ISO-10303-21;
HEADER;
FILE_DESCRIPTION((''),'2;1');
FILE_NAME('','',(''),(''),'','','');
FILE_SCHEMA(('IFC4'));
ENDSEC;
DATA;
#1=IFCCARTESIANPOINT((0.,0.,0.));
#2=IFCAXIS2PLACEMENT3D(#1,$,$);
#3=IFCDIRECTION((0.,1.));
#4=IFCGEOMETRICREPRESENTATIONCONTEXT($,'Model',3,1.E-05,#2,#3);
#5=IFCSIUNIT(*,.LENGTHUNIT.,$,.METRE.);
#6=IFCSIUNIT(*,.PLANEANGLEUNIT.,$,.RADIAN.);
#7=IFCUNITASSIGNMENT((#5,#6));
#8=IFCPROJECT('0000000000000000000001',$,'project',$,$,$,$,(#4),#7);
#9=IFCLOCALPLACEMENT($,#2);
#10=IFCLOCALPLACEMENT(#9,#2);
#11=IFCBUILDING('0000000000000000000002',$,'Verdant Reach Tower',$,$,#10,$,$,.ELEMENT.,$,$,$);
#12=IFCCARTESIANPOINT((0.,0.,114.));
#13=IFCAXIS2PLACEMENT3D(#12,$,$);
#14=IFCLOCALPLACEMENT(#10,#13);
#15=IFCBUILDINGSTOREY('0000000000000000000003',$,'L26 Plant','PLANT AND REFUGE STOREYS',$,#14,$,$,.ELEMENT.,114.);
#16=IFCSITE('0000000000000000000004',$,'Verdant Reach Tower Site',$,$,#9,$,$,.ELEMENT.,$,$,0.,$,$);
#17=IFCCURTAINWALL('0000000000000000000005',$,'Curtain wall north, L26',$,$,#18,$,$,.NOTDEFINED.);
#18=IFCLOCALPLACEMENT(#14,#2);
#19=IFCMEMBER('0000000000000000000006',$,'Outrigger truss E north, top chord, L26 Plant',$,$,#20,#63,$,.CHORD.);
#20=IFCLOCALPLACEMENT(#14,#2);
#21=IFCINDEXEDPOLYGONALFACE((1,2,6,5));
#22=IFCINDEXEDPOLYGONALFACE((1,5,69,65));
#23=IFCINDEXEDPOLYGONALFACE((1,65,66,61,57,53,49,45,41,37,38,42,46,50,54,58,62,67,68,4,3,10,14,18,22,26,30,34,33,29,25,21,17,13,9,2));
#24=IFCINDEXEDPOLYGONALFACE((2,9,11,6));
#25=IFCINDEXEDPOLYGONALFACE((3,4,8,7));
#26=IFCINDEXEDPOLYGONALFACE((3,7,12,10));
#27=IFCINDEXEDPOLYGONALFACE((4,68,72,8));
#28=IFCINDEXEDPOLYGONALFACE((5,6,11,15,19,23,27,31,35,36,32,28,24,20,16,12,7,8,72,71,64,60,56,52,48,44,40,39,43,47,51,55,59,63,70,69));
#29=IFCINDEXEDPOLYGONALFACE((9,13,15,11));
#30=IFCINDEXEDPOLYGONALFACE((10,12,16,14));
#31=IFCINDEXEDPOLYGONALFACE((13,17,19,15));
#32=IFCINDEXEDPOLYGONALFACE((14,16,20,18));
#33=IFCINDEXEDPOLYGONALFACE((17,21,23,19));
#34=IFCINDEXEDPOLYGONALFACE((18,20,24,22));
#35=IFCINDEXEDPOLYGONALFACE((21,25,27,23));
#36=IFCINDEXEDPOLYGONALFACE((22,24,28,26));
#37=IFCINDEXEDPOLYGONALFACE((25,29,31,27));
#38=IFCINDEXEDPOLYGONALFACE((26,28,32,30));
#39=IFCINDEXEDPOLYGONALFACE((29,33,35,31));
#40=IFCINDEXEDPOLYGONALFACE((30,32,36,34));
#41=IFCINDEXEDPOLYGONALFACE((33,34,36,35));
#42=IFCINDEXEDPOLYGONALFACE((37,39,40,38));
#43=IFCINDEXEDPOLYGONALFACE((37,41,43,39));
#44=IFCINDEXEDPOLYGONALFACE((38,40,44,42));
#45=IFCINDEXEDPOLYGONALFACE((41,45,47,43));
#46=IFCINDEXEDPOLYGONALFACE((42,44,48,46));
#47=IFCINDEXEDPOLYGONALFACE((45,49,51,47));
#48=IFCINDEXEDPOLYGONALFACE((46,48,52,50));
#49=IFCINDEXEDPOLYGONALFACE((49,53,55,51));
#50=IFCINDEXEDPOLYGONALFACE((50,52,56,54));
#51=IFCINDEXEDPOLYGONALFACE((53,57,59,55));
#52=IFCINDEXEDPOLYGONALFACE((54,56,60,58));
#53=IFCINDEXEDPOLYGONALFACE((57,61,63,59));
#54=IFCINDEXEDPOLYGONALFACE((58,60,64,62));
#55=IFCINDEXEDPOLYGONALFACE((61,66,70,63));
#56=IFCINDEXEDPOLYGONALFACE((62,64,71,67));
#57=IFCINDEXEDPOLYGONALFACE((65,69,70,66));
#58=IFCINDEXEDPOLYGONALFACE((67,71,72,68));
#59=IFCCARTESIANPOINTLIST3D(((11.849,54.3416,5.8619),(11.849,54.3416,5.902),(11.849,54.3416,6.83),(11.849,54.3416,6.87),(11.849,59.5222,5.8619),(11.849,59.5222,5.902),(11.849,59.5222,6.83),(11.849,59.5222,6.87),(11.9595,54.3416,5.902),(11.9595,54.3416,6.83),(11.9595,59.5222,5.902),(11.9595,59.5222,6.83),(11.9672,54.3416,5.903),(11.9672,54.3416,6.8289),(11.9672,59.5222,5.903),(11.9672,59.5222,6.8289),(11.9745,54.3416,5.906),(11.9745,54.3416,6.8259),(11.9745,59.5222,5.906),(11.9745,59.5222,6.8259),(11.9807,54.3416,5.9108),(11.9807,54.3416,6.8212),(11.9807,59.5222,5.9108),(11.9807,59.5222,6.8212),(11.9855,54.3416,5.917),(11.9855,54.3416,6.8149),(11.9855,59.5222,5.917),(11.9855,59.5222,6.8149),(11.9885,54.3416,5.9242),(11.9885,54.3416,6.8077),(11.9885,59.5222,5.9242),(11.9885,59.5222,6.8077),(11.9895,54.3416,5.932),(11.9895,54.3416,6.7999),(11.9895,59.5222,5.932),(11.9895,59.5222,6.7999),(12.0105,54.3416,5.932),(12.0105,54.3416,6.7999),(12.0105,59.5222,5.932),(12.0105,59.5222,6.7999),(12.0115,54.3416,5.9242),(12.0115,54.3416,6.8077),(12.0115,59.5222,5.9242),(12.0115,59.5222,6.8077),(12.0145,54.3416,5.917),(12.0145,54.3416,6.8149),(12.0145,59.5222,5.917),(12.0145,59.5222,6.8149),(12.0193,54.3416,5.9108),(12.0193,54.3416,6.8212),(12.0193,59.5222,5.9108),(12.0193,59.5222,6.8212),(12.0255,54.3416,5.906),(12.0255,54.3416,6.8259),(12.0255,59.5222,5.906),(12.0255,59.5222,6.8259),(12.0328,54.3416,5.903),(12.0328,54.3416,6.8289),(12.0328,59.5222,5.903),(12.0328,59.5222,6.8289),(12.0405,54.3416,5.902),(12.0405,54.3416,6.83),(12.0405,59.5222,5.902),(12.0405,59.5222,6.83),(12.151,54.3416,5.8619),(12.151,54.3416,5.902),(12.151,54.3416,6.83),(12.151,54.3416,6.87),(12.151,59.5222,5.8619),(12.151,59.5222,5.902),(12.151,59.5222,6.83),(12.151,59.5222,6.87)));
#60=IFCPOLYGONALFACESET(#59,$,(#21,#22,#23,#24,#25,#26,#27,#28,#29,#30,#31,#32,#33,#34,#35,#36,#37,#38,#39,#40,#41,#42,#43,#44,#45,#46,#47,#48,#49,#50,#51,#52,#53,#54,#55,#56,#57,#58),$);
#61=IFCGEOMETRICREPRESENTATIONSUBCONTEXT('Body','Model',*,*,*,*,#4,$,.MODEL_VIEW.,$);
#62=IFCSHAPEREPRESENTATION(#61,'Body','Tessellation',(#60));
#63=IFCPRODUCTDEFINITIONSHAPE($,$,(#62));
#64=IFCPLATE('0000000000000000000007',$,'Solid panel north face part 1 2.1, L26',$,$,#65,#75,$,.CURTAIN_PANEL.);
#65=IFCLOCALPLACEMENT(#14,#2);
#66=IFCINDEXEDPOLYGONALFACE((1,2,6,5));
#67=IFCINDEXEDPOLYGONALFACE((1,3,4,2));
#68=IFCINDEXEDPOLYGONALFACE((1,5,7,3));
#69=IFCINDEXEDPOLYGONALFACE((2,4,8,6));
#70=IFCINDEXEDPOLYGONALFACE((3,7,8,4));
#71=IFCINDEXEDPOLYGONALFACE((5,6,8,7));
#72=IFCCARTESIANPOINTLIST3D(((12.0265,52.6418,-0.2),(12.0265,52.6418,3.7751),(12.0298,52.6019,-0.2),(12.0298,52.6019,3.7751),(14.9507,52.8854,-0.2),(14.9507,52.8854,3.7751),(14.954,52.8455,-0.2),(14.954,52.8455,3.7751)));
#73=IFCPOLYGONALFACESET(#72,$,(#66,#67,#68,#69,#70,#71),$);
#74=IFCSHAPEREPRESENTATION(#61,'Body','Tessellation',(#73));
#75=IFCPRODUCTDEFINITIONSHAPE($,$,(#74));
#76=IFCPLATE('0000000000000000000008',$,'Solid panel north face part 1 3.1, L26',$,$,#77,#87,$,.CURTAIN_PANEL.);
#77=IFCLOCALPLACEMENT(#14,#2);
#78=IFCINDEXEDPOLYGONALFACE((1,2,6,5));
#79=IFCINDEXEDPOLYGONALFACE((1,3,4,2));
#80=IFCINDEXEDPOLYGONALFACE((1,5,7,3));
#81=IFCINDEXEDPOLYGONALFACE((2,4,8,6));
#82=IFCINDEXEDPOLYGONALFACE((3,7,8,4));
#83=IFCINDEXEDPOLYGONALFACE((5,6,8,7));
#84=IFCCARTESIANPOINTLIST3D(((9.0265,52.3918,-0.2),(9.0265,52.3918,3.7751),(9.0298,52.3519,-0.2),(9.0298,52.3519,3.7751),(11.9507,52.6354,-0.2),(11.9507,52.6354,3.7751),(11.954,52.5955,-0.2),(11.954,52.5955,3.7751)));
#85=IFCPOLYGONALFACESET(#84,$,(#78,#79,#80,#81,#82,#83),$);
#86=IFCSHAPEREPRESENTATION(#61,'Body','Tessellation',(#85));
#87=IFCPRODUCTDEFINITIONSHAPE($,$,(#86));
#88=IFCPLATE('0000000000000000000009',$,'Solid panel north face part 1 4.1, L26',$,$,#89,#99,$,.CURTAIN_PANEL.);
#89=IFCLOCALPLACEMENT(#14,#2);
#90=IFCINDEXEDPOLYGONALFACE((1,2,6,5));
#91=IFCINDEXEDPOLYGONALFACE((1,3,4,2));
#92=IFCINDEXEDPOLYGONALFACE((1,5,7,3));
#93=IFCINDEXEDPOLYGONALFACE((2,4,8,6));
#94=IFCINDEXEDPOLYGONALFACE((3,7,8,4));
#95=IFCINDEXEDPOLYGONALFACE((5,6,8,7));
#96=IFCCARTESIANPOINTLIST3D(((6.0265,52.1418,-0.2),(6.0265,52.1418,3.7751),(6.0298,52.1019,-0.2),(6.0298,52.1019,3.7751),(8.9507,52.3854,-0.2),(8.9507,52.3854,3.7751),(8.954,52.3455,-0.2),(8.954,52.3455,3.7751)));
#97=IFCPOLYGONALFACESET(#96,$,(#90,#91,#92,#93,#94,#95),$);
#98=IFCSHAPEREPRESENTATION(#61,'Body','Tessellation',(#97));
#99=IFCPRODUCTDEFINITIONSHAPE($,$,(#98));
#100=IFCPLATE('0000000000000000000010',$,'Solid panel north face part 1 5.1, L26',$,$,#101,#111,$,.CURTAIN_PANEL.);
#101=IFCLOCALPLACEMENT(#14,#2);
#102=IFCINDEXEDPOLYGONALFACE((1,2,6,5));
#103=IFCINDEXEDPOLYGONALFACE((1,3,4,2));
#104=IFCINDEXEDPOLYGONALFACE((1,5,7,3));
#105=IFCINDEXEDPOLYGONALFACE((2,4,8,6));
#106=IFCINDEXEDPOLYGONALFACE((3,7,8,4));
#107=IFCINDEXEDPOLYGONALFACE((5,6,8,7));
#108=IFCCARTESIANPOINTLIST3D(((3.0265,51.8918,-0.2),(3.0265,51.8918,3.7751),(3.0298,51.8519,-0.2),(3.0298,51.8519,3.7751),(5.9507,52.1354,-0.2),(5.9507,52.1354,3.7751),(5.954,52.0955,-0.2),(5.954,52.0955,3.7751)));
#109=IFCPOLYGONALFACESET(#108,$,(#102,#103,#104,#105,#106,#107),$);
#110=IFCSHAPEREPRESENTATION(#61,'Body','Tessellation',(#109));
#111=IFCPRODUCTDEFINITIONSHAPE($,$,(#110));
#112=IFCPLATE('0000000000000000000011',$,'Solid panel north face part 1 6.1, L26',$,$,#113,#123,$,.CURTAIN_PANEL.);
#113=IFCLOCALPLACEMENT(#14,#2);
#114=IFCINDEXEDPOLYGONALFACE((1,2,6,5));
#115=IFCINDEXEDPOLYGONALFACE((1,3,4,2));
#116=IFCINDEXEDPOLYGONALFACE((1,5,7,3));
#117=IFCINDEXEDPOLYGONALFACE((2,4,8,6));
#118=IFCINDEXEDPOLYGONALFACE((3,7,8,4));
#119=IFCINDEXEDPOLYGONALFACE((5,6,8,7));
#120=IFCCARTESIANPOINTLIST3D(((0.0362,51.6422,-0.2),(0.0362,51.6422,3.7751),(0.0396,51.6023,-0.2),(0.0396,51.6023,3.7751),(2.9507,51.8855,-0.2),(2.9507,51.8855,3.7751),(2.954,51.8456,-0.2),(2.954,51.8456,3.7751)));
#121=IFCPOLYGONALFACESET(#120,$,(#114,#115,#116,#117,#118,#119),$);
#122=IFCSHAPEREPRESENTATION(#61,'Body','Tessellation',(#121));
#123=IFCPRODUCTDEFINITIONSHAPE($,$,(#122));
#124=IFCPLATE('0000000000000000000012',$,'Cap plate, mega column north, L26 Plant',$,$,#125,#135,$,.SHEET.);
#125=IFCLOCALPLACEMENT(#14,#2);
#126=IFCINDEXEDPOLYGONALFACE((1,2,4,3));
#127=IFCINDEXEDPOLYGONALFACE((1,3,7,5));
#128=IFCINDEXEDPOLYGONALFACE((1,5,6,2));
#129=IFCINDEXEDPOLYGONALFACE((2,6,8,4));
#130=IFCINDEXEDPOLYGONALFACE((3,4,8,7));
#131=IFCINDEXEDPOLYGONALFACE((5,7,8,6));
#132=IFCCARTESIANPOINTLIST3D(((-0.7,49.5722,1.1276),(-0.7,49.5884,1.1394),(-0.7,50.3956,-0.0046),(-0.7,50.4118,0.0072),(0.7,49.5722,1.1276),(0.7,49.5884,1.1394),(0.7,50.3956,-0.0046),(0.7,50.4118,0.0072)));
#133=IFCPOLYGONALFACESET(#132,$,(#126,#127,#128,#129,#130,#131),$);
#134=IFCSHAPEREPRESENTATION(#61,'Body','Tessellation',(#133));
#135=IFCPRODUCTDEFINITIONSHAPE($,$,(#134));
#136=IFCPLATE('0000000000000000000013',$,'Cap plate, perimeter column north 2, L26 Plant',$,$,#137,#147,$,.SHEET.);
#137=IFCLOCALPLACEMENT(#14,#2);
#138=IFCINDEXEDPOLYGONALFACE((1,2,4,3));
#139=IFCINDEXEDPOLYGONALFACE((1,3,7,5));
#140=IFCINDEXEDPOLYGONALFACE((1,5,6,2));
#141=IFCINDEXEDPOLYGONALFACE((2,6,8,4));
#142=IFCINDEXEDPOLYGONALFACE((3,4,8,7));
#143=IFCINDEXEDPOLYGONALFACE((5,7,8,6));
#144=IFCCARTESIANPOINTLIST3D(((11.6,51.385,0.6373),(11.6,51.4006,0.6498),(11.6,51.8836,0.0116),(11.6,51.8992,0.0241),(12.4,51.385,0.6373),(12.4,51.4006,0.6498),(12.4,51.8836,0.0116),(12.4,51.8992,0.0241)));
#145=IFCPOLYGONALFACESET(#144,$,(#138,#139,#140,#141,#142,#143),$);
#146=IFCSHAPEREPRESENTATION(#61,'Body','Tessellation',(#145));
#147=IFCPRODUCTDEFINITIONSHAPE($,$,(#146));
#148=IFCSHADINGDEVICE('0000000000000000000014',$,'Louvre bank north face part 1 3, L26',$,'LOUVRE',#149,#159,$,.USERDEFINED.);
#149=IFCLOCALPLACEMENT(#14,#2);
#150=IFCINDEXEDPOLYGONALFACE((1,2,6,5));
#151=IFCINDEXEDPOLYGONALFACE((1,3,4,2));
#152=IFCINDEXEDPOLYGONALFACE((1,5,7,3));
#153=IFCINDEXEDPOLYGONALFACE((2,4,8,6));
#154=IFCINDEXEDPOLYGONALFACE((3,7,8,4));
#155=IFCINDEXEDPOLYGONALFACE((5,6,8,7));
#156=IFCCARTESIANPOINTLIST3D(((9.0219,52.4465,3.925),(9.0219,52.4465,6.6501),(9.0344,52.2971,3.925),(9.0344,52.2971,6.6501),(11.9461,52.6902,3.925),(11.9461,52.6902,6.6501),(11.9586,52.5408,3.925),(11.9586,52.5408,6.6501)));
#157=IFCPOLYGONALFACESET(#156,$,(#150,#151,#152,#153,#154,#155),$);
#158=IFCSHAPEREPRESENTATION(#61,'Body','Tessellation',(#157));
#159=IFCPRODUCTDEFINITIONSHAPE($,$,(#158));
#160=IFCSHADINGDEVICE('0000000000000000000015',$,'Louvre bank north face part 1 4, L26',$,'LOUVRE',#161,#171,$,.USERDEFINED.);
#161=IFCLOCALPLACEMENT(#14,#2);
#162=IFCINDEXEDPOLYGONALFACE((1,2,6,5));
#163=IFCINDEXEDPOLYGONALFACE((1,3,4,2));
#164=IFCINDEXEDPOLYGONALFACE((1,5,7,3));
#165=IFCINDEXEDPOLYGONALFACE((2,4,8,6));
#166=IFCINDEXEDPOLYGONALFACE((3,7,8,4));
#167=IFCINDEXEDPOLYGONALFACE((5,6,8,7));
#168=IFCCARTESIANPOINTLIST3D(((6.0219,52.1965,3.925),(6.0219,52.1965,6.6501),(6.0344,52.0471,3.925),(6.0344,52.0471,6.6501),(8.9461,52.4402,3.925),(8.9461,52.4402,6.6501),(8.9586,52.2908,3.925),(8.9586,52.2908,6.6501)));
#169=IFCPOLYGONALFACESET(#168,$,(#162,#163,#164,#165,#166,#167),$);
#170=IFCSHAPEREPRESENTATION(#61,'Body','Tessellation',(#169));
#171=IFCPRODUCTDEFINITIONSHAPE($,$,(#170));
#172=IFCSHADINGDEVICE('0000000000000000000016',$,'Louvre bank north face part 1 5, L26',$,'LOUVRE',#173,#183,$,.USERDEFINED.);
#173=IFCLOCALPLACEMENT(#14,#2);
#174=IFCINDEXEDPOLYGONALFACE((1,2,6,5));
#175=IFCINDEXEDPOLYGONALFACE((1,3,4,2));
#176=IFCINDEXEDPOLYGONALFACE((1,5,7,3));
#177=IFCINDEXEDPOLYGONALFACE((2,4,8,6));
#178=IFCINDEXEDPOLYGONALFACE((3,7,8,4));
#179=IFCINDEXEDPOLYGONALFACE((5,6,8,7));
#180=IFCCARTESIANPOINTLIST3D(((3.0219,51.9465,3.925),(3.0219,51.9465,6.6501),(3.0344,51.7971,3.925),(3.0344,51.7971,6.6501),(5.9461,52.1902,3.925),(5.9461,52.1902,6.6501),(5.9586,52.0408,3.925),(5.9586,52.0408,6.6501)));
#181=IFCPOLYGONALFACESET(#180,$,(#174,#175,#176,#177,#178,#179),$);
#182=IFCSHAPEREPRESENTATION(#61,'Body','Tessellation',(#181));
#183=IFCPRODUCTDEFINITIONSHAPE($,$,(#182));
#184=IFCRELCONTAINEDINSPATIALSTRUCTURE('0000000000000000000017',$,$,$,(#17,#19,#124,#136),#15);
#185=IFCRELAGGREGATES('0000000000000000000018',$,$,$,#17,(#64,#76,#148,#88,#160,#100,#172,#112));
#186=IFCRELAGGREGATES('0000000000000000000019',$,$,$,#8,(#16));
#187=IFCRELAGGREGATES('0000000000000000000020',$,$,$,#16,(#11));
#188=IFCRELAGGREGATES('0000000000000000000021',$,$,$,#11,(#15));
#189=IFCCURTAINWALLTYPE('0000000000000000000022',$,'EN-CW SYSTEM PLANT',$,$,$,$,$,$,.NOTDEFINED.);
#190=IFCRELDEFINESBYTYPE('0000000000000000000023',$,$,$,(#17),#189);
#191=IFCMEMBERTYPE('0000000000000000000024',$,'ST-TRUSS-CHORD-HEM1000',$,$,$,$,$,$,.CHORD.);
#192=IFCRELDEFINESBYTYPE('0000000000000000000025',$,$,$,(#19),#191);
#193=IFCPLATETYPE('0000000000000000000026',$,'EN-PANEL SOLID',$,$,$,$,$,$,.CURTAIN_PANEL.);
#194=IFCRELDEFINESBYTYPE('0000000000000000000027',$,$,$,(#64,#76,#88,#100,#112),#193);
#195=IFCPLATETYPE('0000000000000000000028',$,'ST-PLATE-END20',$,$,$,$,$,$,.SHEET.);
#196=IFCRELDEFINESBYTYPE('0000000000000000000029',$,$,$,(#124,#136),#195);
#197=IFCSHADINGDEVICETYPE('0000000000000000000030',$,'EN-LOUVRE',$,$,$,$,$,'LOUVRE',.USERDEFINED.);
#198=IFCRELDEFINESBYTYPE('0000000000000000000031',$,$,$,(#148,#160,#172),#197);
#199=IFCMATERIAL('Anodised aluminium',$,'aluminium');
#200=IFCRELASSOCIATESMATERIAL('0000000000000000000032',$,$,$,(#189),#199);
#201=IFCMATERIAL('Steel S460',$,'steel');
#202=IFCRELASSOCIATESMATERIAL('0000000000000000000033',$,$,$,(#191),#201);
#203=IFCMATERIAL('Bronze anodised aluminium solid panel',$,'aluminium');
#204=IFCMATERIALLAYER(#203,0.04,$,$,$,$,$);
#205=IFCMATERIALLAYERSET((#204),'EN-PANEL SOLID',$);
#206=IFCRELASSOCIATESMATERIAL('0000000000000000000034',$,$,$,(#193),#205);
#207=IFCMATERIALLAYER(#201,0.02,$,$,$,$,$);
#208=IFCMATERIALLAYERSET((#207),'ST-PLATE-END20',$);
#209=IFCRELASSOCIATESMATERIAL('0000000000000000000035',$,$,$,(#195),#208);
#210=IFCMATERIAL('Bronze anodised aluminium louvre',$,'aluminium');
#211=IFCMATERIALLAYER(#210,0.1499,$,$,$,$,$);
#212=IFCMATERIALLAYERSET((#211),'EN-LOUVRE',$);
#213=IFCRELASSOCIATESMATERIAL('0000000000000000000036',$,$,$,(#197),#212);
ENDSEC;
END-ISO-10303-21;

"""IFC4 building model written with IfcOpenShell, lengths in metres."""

from ifc_helpers import new_model, si_unit, direction, frame, origin, origin_2d, place, context, subcontext, project, spatial, rectangle, i_section, extrude, material, layer, layer_set, material_profile, profile_set, type_object, element, aggregate, save


model = new_model("IFC4")

# Units and contexts
model_context = context("Model", 3, precision=1e-05, world=origin(), true_north=direction((0.0, 1.0)))
body_context = subcontext(model_context, "Body", "Model", "MODEL_VIEW")
ifc_project = project(units=[si_unit("LENGTHUNIT", "METRE"), si_unit("PLANEANGLEUNIT", "RADIAN")], contexts=[model_context])

# Site, building, storey
site_placement = place(None, origin())
site = spatial("IfcSite", under=ifc_project, at=site_placement, Name="Verdant Reach Tower Site", CompositionType="ELEMENT", RefElevation=0.0)
building_placement = place(site_placement, origin())
building = spatial("IfcBuilding", under=site, at=building_placement, Name="Verdant Reach Tower", CompositionType="ELEMENT")
storey_placement = place(building_placement, frame((0.0, 0.0, 114.0)))
storey = spatial("IfcBuildingStorey", under=building, at=storey_placement, Name="L26 Plant", Description="PLANT AND REFUGE STOREYS", CompositionType="ELEMENT", Elevation=114.0)

# Shared definitions
ifc_material_1 = material(Name="Steel S460", Category="steel")

# Curtain wall
ifc_material_2 = material(Name="Anodised aluminium", Category="aluminium")
curtain_wall_type = type_object("IfcCurtainWallType", Name="EN-CW SYSTEM PLANT", PredefinedType="NOTDEFINED", material=ifc_material_2)
curtain_wall_placement = place(storey_placement, origin())
curtain_wall = element("IfcCurtainWall", 1, at=curtain_wall_placement, inside=storey, type_object=curtain_wall_type, Name="Curtain wall north, L26", PredefinedType="NOTDEFINED")

# Member
ifc_material_profile_1 = material_profile(ifc_material_1, i_section(OverallWidth=0.302, OverallDepth=1.0081, WebThickness=0.021, FlangeThickness=0.04, FilletRadius=0.03, at=origin_2d()), Name="HEM 1000")
ifc_profile_set_1 = profile_set([ifc_material_profile_1], Name="Steel S460")
member_type_1 = type_object("IfcMemberType", Name="ST-TRUSS-CHORD-HEM1000", PredefinedType="CHORD", material=ifc_profile_set_1)
member_1_placement = place(storey_placement, frame((12.0, 54.3416, 6.366), z_axis=(0.0, 1.0, 0.0), x_axis=(-1.0, 0.0, 0.0)))
element("IfcMember", 2, at=member_1_placement, inside=storey, type_object=member_type_1, Name="Outrigger truss E north, top chord, L26 Plant", PredefinedType="CHORD", context=body_context, shape_type="SweptSolid", body=[
    extrude(i_section(OverallWidth=0.302, OverallDepth=1.0081, WebThickness=0.021, FlangeThickness=0.04, FilletRadius=0.03, at=origin_2d()), origin(), (0.0, 0.0, 1.0), 5.1807),
])

# Plates
ifc_material_3 = material(Name="Bronze anodised aluminium solid panel", Category="aluminium")
ifc_layer_1 = layer(ifc_material_3, 0.04)
ifc_layer_set_1 = layer_set([ifc_layer_1], Name="EN-PANEL SOLID")
plate_type_1 = type_object("IfcPlateType", Name="EN-PANEL SOLID", PredefinedType="CURTAIN_PANEL", material=ifc_layer_set_1)
plate_1_placement = place(storey_placement, frame((13.4902, 52.7437, -0.2), z_axis=(0.0, 0.0, 1.0), x_axis=(-0.996546, -0.083045, 0.0)))
plate_1 = element("IfcPlate", 3, at=plate_1_placement, type_object=plate_type_1, Name="Solid panel north face part 1 2.1, L26", PredefinedType="CURTAIN_PANEL", context=body_context, shape_type="SweptSolid", body=[
    extrude(rectangle(XDim=2.9343, YDim=0.04, at=origin_2d()), origin(), (0.0, 0.0, 1.0), 3.9751),
])
plate_2_placement = place(storey_placement, frame((10.4902, 52.4937, -0.2), z_axis=(0.0, 0.0, 1.0), x_axis=(-0.996546, -0.083045, 0.0)))
plate_2 = element("IfcPlate", 4, at=plate_2_placement, type_object=plate_type_1, Name="Solid panel north face part 1 3.1, L26", PredefinedType="CURTAIN_PANEL", context=body_context, shape_type="SweptSolid", body=[
    extrude(rectangle(XDim=2.9343, YDim=0.04, at=origin_2d()), origin(), (0.0, 0.0, 1.0), 3.9751),
])
plate_3_placement = place(storey_placement, frame((7.4902, 52.2437, -0.2), z_axis=(0.0, 0.0, 1.0), x_axis=(-0.996546, -0.083045, 0.0)))
plate_3 = element("IfcPlate", 5, at=plate_3_placement, type_object=plate_type_1, Name="Solid panel north face part 1 4.1, L26", PredefinedType="CURTAIN_PANEL", context=body_context, shape_type="SweptSolid", body=[
    extrude(rectangle(XDim=2.9343, YDim=0.04, at=origin_2d()), origin(), (0.0, 0.0, 1.0), 3.9751),
])
plate_4_placement = place(storey_placement, frame((4.4902, 51.9937, -0.2), z_axis=(0.0, 0.0, 1.0), x_axis=(-0.996546, -0.083045, 0.0)))
plate_4 = element("IfcPlate", 6, at=plate_4_placement, type_object=plate_type_1, Name="Solid panel north face part 1 5.1, L26", PredefinedType="CURTAIN_PANEL", context=body_context, shape_type="SweptSolid", body=[
    extrude(rectangle(XDim=2.9343, YDim=0.04, at=origin_2d()), origin(), (0.0, 0.0, 1.0), 3.9751),
])
plate_5_placement = place(storey_placement, frame((1.4951, 51.7439, -0.2), z_axis=(0.0, 0.0, 1.0), x_axis=(-0.996534, -0.083182, 0.0)))
plate_5 = element("IfcPlate", 7, at=plate_5_placement, type_object=plate_type_1, Name="Solid panel north face part 1 6.1, L26", PredefinedType="CURTAIN_PANEL", context=body_context, shape_type="SweptSolid", body=[
    extrude(rectangle(XDim=2.9246, YDim=0.04, at=origin_2d()), origin(), (0.0, 0.0, 1.0), 3.9751),
])

# Plates
ifc_layer_2 = layer(ifc_material_1, 0.02)
ifc_layer_set_2 = layer_set([ifc_layer_2], Name="ST-PLATE-END20")
plate_type_2 = type_object("IfcPlateType", Name="ST-PLATE-END20", PredefinedType="SHEET", material=ifc_layer_set_2)
plate_6_placement = place(storey_placement, frame((0.0, 49.9839, 0.5615), z_axis=(0.0, 0.808736, 0.588172), x_axis=(-1.0, 0.0, 0.0)))
element("IfcPlate", 8, at=plate_6_placement, inside=storey, type_object=plate_type_2, Name="Cap plate, mega column north, L26 Plant", PredefinedType="SHEET", context=body_context, shape_type="SweptSolid", body=[
    extrude(rectangle(XDim=1.3999, YDim=1.3999, at=origin_2d()), origin(), (0.0, 0.0, 1.0), 0.02),
])
plate_7_placement = place(storey_placement, frame((12.0, 51.6343, 0.3245), z_axis=(0.0, 0.78206, 0.623204), x_axis=(-1.0, 0.0, 0.0)))
element("IfcPlate", 9, at=plate_7_placement, inside=storey, type_object=plate_type_2, Name="Cap plate, perimeter column north 2, L26 Plant", PredefinedType="SHEET", context=body_context, shape_type="SweptSolid", body=[
    extrude(rectangle(XDim=0.8, YDim=0.8, at=origin_2d()), origin(), (0.0, 0.0, 1.0), 0.02),
])

# Shading devices
ifc_material_4 = material(Name="Bronze anodised aluminium louvre", Category="aluminium")
ifc_layer_3 = layer(ifc_material_4, 0.1499)
ifc_layer_set_3 = layer_set([ifc_layer_3], Name="EN-LOUVRE")
shading_device_type = type_object("IfcShadingDeviceType", Name="EN-LOUVRE", ElementType="LOUVRE", PredefinedType="USERDEFINED", material=ifc_layer_set_3)
shading_device_1_placement = place(storey_placement, frame((10.4902, 52.4937, 3.925), z_axis=(0.0, 0.0, 1.0), x_axis=(-0.996546, -0.083045, 0.0)))
shading_device_1 = element("IfcShadingDevice", 10, at=shading_device_1_placement, type_object=shading_device_type, Name="Louvre bank north face part 1 3, L26", ObjectType="LOUVRE", PredefinedType="USERDEFINED", context=body_context, shape_type="SweptSolid", body=[
    extrude(rectangle(XDim=2.9343, YDim=0.1499, at=origin_2d()), origin(), (0.0, 0.0, 1.0), 2.7251),
])
shading_device_2_placement = place(storey_placement, frame((7.4902, 52.2437, 3.925), z_axis=(0.0, 0.0, 1.0), x_axis=(-0.996546, -0.083045, 0.0)))
shading_device_2 = element("IfcShadingDevice", 11, at=shading_device_2_placement, type_object=shading_device_type, Name="Louvre bank north face part 1 4, L26", ObjectType="LOUVRE", PredefinedType="USERDEFINED", context=body_context, shape_type="SweptSolid", body=[
    extrude(rectangle(XDim=2.9343, YDim=0.1499, at=origin_2d()), origin(), (0.0, 0.0, 1.0), 2.7251),
])
shading_device_3_placement = place(storey_placement, frame((4.4902, 51.9937, 3.925), z_axis=(0.0, 0.0, 1.0), x_axis=(-0.996546, -0.083045, 0.0)))
shading_device_3 = element("IfcShadingDevice", 12, at=shading_device_3_placement, type_object=shading_device_type, Name="Louvre bank north face part 1 5, L26", ObjectType="LOUVRE", PredefinedType="USERDEFINED", context=body_context, shape_type="SweptSolid", body=[
    extrude(rectangle(XDim=2.9343, YDim=0.1499, at=origin_2d()), origin(), (0.0, 0.0, 1.0), 2.7251),
])
aggregate(curtain_wall, [plate_1, plate_2, shading_device_1, plate_3, shading_device_2, plate_4, shading_device_3, plate_5])

save(model, "model.ifc")
